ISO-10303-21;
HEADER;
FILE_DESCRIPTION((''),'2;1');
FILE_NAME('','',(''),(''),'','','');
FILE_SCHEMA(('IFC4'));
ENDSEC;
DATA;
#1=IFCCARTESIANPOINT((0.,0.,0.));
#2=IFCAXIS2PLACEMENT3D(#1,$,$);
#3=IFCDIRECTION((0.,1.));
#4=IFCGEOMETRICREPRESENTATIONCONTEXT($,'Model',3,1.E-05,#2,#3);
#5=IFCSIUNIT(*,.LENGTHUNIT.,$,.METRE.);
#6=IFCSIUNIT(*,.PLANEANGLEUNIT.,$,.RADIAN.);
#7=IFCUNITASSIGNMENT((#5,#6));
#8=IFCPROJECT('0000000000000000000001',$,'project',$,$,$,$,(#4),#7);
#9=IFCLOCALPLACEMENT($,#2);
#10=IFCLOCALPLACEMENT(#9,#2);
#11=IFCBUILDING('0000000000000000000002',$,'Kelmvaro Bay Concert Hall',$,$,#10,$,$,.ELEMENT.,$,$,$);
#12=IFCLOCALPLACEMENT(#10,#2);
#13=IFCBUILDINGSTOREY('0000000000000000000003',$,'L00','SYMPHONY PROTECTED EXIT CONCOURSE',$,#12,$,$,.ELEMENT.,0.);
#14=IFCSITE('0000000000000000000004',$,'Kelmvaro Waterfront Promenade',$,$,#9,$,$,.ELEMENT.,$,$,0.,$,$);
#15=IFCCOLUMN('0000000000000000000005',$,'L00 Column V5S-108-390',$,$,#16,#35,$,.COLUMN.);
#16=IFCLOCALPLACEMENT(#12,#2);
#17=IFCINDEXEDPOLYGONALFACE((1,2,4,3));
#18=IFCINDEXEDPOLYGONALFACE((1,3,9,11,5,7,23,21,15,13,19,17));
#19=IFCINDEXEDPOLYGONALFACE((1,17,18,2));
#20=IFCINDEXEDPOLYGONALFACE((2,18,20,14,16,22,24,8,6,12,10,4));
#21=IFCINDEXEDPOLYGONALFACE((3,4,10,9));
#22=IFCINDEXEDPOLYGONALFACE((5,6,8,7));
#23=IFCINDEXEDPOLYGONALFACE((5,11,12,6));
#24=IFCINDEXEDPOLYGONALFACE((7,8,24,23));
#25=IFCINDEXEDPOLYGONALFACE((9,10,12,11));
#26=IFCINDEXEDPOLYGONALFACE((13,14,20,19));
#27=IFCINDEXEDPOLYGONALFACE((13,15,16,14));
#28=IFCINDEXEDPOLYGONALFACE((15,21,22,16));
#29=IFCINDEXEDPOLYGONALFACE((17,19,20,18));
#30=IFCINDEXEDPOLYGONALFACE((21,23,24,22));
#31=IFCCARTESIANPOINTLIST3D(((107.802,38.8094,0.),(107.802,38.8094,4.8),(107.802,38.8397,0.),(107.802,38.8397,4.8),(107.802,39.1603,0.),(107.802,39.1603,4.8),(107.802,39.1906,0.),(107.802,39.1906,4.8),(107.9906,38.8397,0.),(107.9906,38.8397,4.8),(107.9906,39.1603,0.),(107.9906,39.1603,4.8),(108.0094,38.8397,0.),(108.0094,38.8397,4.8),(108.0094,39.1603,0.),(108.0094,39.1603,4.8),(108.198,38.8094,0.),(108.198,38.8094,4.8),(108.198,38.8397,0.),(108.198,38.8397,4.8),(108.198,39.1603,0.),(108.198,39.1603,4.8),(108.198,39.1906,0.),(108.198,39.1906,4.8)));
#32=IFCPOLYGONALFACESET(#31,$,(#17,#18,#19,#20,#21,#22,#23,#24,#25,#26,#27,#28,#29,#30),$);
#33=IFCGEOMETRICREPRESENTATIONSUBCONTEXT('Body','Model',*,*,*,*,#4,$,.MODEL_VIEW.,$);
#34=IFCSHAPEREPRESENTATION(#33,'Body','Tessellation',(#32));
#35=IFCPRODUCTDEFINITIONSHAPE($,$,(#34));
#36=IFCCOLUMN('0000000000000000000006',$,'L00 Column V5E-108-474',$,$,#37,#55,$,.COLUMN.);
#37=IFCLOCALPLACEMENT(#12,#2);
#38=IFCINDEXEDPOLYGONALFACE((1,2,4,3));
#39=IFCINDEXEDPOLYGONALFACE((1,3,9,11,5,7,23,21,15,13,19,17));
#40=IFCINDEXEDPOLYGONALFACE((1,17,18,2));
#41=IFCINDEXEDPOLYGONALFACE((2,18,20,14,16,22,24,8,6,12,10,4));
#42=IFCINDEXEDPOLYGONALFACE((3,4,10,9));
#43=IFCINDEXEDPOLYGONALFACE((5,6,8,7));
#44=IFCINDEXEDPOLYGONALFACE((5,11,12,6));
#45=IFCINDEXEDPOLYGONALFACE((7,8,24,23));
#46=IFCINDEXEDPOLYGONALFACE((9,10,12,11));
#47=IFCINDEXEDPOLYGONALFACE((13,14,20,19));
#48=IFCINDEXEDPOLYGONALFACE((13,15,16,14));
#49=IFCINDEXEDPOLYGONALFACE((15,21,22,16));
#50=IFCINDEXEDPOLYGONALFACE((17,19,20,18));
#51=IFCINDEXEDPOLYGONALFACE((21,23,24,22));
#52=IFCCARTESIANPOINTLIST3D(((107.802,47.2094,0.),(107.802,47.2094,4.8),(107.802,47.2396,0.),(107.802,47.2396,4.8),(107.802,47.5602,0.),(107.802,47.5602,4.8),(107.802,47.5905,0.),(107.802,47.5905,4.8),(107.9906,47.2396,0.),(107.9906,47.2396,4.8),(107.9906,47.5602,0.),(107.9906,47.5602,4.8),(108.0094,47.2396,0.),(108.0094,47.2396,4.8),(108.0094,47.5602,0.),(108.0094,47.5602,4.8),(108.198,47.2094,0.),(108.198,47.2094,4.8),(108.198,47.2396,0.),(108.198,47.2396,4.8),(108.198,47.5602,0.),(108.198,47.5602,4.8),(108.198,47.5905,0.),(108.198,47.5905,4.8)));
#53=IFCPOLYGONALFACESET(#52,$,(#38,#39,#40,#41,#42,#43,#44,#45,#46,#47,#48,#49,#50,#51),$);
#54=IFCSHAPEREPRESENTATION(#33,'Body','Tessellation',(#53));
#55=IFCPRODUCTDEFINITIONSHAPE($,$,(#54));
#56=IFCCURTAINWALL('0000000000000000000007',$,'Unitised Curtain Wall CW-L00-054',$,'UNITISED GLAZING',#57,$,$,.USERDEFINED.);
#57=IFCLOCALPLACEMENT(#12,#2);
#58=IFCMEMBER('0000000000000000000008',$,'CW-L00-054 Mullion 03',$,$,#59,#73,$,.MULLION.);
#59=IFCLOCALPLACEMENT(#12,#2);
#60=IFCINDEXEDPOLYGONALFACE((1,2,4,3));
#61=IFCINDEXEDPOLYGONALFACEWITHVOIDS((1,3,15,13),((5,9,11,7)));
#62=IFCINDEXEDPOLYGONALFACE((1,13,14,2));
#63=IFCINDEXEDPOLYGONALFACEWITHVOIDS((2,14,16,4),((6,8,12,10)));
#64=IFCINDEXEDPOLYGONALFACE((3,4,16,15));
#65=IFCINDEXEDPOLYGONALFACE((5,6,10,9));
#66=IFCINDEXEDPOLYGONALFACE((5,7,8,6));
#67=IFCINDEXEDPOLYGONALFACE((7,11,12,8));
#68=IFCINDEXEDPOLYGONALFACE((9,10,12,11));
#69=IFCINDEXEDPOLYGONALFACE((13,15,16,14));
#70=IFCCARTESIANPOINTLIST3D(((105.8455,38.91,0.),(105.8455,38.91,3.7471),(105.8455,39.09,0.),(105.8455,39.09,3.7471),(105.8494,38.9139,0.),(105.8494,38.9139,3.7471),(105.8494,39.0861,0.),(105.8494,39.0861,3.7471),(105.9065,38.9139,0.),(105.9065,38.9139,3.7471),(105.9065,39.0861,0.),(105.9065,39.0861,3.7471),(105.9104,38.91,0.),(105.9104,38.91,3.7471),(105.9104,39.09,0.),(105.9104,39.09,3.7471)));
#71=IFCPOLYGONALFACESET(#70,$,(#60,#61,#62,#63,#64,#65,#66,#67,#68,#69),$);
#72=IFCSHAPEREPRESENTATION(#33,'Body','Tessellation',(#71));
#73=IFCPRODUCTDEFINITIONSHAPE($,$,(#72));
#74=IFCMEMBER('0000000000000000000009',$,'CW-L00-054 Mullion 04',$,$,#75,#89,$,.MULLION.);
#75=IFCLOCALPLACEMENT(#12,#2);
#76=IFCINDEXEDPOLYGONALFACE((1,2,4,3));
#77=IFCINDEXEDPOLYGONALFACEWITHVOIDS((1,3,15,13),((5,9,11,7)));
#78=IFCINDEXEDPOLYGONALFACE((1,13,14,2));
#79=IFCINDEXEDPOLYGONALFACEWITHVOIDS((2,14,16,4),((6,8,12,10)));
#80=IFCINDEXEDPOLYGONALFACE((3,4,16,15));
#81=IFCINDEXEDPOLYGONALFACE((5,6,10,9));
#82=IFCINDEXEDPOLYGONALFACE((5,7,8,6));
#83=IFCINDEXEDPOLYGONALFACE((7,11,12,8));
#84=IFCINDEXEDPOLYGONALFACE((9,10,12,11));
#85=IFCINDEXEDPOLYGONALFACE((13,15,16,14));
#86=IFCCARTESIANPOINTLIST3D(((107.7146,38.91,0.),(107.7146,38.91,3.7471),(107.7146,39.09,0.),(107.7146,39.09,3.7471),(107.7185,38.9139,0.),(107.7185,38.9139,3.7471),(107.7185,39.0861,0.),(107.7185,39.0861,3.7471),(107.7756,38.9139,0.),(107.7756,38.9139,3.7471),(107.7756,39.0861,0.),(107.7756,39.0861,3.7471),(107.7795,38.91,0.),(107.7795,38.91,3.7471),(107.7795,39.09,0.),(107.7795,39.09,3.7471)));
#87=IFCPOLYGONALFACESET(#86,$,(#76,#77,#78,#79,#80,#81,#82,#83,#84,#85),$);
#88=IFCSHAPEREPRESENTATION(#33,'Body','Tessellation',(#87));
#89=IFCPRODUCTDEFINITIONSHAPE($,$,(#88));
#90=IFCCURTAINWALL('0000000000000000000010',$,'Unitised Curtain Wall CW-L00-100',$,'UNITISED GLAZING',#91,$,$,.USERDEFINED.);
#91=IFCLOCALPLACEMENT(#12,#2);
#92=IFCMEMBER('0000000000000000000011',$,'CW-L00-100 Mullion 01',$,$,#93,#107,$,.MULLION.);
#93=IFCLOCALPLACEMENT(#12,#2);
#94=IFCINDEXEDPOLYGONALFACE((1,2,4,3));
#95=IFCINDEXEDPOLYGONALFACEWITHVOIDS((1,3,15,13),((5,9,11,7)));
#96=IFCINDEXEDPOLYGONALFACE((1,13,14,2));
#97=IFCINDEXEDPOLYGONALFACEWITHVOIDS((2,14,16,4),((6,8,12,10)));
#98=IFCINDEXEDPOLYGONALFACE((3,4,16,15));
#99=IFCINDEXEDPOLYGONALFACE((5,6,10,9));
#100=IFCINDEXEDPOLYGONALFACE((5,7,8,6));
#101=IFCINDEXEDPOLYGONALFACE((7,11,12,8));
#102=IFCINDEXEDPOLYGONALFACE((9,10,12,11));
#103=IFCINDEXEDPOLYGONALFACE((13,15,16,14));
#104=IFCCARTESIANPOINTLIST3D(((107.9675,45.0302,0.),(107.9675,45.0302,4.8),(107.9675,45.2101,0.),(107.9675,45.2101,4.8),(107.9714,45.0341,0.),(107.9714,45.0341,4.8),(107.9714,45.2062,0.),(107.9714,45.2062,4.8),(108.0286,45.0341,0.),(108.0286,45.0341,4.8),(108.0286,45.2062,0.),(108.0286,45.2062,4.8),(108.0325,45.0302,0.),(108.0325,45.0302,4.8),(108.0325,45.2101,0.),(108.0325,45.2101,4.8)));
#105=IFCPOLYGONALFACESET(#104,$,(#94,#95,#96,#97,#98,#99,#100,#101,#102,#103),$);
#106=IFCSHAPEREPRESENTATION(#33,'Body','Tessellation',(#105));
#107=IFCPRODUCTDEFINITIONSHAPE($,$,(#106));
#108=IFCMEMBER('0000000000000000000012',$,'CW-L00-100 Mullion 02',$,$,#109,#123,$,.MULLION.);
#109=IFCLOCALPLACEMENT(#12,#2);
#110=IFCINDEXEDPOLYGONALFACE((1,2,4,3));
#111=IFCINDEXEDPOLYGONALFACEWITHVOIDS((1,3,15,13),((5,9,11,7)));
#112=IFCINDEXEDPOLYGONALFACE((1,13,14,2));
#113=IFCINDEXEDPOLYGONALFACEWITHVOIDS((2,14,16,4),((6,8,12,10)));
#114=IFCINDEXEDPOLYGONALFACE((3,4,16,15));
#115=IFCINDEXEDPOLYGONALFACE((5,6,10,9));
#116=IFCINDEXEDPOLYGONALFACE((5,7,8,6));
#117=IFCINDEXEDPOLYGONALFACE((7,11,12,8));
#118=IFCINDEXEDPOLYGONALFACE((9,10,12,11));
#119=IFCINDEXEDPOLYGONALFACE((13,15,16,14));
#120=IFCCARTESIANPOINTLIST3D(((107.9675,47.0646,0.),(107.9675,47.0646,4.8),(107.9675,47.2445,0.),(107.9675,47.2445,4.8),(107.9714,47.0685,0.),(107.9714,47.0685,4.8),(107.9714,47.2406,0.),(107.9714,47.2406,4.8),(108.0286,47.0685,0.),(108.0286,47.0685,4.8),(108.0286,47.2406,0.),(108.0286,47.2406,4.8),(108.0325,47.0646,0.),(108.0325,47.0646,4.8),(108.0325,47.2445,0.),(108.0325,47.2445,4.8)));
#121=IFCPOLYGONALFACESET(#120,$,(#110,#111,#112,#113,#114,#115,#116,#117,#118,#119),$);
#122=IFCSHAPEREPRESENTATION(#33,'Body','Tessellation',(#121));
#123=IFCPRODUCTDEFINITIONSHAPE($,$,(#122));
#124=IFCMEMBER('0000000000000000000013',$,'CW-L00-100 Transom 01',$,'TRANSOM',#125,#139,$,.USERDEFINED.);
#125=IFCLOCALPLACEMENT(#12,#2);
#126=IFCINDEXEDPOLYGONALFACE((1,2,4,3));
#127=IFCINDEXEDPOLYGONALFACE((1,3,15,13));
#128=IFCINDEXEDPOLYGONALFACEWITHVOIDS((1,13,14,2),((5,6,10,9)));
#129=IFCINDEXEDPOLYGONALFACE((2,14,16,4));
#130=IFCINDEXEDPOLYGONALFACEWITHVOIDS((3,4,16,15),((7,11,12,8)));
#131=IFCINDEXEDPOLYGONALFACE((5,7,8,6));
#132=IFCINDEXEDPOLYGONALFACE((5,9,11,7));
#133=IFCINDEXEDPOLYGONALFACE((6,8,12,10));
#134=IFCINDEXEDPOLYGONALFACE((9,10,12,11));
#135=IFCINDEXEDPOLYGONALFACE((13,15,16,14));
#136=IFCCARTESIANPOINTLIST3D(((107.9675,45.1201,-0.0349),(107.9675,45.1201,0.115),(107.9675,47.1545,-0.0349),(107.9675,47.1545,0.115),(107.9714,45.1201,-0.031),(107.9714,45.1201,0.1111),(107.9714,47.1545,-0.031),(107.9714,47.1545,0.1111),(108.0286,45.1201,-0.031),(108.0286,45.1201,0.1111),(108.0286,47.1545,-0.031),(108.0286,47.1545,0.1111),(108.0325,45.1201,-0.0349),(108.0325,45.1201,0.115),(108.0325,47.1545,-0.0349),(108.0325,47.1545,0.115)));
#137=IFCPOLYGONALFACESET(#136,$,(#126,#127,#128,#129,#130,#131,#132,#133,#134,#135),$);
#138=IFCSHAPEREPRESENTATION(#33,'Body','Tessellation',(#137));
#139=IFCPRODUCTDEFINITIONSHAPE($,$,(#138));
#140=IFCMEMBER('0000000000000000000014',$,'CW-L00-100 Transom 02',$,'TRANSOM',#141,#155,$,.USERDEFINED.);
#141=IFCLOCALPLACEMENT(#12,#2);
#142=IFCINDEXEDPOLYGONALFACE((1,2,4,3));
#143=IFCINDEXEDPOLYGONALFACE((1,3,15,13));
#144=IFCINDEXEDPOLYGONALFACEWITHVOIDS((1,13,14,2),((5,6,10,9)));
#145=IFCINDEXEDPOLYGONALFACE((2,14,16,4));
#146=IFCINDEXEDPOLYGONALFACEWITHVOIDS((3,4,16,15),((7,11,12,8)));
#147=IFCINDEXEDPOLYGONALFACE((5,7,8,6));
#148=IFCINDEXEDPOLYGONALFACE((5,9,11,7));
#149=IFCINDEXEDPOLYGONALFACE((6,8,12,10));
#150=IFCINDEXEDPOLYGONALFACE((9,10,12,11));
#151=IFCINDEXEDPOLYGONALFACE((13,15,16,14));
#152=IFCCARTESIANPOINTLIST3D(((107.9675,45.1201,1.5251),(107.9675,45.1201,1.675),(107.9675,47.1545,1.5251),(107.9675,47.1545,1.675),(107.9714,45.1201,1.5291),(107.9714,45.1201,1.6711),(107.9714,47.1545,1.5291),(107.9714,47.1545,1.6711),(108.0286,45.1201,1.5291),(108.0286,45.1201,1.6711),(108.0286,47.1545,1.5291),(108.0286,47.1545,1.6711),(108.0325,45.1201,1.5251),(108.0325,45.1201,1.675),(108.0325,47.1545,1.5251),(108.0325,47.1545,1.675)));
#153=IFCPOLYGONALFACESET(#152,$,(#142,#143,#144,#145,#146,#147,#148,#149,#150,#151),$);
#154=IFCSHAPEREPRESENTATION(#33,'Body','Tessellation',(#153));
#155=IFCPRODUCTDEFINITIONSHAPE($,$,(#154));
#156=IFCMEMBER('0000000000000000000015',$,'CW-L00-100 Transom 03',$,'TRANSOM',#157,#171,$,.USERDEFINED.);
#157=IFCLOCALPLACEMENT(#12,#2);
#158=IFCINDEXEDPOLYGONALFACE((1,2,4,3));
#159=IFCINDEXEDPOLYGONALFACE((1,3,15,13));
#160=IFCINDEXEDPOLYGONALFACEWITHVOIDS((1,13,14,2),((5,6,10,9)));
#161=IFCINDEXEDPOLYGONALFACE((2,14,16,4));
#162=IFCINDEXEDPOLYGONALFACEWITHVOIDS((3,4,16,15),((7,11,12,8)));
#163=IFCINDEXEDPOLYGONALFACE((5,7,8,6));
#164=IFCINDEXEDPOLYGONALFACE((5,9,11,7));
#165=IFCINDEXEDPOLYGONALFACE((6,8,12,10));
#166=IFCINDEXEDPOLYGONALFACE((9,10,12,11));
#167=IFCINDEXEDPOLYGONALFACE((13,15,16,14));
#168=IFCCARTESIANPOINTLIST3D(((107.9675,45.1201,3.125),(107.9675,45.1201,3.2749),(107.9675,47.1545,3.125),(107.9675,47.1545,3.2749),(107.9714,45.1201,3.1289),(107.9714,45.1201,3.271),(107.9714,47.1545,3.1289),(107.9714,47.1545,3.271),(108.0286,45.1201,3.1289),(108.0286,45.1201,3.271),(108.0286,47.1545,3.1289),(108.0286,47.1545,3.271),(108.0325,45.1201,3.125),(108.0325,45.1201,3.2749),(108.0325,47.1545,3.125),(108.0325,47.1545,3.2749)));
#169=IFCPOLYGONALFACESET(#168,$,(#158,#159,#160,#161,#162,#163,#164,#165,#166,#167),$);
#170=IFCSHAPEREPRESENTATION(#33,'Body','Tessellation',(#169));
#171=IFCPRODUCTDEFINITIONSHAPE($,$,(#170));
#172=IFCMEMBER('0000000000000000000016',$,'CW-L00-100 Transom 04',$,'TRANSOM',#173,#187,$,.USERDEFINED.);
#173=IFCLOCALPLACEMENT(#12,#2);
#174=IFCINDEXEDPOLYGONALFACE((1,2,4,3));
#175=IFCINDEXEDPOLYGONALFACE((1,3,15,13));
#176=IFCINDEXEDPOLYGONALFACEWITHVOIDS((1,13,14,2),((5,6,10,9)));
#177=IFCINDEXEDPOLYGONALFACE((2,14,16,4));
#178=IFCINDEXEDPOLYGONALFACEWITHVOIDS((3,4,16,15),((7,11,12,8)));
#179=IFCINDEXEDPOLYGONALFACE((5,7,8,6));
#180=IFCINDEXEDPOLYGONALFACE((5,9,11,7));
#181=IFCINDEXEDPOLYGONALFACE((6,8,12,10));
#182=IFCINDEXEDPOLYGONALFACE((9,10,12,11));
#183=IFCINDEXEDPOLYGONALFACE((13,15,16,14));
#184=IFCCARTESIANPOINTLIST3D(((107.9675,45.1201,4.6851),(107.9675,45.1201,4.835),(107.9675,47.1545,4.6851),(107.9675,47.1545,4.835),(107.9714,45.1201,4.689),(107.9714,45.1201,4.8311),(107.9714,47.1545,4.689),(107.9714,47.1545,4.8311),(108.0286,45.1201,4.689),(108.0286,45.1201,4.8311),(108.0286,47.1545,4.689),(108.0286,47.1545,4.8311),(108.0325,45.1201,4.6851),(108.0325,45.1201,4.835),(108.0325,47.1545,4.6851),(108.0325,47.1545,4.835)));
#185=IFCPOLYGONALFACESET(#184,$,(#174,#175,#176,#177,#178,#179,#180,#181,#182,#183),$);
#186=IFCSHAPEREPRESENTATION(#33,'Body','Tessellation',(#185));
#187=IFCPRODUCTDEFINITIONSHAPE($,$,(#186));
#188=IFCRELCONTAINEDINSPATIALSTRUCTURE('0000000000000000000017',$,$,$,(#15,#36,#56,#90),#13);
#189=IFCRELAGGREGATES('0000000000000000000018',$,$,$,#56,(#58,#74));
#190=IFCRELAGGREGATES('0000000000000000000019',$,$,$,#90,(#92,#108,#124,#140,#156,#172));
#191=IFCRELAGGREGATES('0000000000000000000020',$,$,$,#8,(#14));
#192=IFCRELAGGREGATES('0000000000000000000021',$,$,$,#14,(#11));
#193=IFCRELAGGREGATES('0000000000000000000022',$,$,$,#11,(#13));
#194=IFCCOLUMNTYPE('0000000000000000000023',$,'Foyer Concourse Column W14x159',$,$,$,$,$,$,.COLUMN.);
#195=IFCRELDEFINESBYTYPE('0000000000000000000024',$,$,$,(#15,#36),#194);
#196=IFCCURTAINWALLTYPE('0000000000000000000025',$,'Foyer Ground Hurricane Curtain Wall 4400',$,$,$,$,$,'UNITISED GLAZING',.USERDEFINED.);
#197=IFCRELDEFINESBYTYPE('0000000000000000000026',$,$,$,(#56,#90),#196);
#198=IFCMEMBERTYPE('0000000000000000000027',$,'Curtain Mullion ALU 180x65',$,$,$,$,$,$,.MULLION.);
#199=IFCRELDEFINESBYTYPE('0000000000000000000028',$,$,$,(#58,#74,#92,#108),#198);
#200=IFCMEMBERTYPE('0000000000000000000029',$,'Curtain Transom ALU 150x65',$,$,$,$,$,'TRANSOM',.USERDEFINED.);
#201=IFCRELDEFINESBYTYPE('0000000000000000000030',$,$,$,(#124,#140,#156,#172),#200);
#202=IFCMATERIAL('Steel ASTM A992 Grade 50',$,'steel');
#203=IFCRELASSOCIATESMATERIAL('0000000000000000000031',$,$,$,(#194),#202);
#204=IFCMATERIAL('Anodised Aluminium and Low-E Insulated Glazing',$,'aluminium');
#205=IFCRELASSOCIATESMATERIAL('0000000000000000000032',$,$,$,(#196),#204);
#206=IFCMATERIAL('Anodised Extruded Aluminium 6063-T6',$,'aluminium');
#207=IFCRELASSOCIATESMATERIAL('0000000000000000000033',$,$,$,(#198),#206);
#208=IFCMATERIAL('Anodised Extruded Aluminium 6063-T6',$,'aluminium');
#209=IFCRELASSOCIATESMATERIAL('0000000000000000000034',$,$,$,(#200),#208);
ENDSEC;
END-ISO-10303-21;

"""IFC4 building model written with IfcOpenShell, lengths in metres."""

from ifc_helpers import new_model, si_unit, direction, frame, origin, origin_2d, place, context, subcontext, project, spatial, hollow_rectangle, i_section, extrude, material, material_profile, profile_set, type_object, element, aggregate, save


model = new_model("IFC4")

# Units and contexts
model_context = context("Model", 3, precision=1e-05, world=origin(), true_north=direction((0.0, 1.0)))
body_context = subcontext(model_context, "Body", "Model", "MODEL_VIEW")
ifc_project = project(units=[si_unit("LENGTHUNIT", "METRE"), si_unit("PLANEANGLEUNIT", "RADIAN")], contexts=[model_context])

# Site, building, storey
site_placement = place(None, origin())
site = spatial("IfcSite", under=ifc_project, at=site_placement, Name="Kelmvaro Waterfront Promenade", CompositionType="ELEMENT", RefElevation=0.0)
building_placement = place(site_placement, origin())
building = spatial("IfcBuilding", under=site, at=building_placement, Name="Kelmvaro Bay Concert Hall", CompositionType="ELEMENT")
storey_placement = place(building_placement, origin())
storey = spatial("IfcBuildingStorey", under=building, at=storey_placement, Name="L00", Description="SYMPHONY PROTECTED EXIT CONCOURSE", CompositionType="ELEMENT", Elevation=0.0)

# Columns
ifc_material_1 = material(Name="Steel ASTM A992 Grade 50", Category="steel")
ifc_material_profile_1 = material_profile(ifc_material_1, i_section(OverallWidth=0.396, OverallDepth=0.3811, WebThickness=0.0188, FlangeThickness=0.0303, at=origin_2d()), Name="W14X159")
ifc_profile_set_1 = profile_set([ifc_material_profile_1], Name="Steel ASTM A992 Grade 50")
column_type = type_object("IfcColumnType", Name="Foyer Concourse Column W14x159", PredefinedType="COLUMN", material=ifc_profile_set_1)
for number, where, z_axis, x_axis, name in (
    (1, (108.0, 39.0, 0.0), (0.0, 0.0, 1.0), (1.0, 0.0, 0.0), "L00 Column V5S-108-390"),
    (2, (108.0, 47.3999, 0.0), (0.0, 0.0, 1.0), (1.0, 0.0, 0.0), "L00 Column V5E-108-474"),
):
    element("IfcColumn", number, at=place(storey_placement, frame(where, z_axis=z_axis, x_axis=x_axis)), inside=storey, type_object=column_type, Name=name, PredefinedType="COLUMN", context=body_context, shape_type="SweptSolid", body=[
        extrude(i_section(OverallWidth=0.396, OverallDepth=0.3811, WebThickness=0.0188, FlangeThickness=0.0303, at=origin_2d()), origin(), (0.0, 0.0, 1.0), 4.8),
    ])

# Curtain walls, members
ifc_material_2 = material(Name="Anodised Aluminium and Low-E Insulated Glazing", Category="aluminium")
curtain_wall_type = type_object("IfcCurtainWallType", Name="Foyer Ground Hurricane Curtain Wall 4400", ElementType="UNITISED GLAZING", PredefinedType="USERDEFINED", material=ifc_material_2)
curtain_wall_1_placement = place(storey_placement, origin())
curtain_wall_1 = element("IfcCurtainWall", 3, at=curtain_wall_1_placement, inside=storey, type_object=curtain_wall_type, Name="Unitised Curtain Wall CW-L00-054", ObjectType="UNITISED GLAZING", PredefinedType="USERDEFINED")
ifc_material_3 = material(Name="Anodised Extruded Aluminium 6063-T6", Category="aluminium")
ifc_material_profile_2 = material_profile(ifc_material_3, hollow_rectangle(XDim=0.0649, YDim=0.1799, WallThickness=0.0039, at=origin_2d()), Name="ALU-MUL-180X65")
ifc_profile_set_2 = profile_set([ifc_material_profile_2], Name="Anodised Extruded Aluminium 6063-T6")
member_type_1 = type_object("IfcMemberType", Name="Curtain Mullion ALU 180x65", PredefinedType="MULLION", material=ifc_profile_set_2)
member_1_placement = place(storey_placement, frame((105.8779, 39.0, 0.0), z_axis=(0.0, 0.0, 1.0), x_axis=(1.0, 0.0, 0.0)))
member_1 = element("IfcMember", 4, at=member_1_placement, type_object=member_type_1, Name="CW-L00-054 Mullion 03", PredefinedType="MULLION", context=body_context, shape_type="SweptSolid", body=[
    extrude(hollow_rectangle(XDim=0.0649, YDim=0.1799, WallThickness=0.0039, at=origin_2d()), origin(), (0.0, 0.0, 1.0), 3.7471),
])
member_2_placement = place(storey_placement, frame((107.7471, 39.0, 0.0), z_axis=(0.0, 0.0, 1.0), x_axis=(1.0, 0.0, 0.0)))
member_2 = element("IfcMember", 5, at=member_2_placement, type_object=member_type_1, Name="CW-L00-054 Mullion 04", PredefinedType="MULLION", context=body_context, shape_type="SweptSolid", body=[
    extrude(hollow_rectangle(XDim=0.0649, YDim=0.1799, WallThickness=0.0039, at=origin_2d()), origin(), (0.0, 0.0, 1.0), 3.7471),
])
curtain_wall_2_placement = place(storey_placement, origin())
curtain_wall_2 = element("IfcCurtainWall", 6, at=curtain_wall_2_placement, inside=storey, type_object=curtain_wall_type, Name="Unitised Curtain Wall CW-L00-100", ObjectType="UNITISED GLAZING", PredefinedType="USERDEFINED")
member_3_placement = place(storey_placement, frame((108.0, 45.1201, 0.0), z_axis=(0.0, 0.0, 1.0), x_axis=(1.0, 0.0, 0.0)))
member_3 = element("IfcMember", 7, at=member_3_placement, type_object=member_type_1, Name="CW-L00-100 Mullion 01", PredefinedType="MULLION", context=body_context, shape_type="SweptSolid", body=[
    extrude(hollow_rectangle(XDim=0.0649, YDim=0.1799, WallThickness=0.0039, at=origin_2d()), origin(), (0.0, 0.0, 1.0), 4.8),
])
member_4_placement = place(storey_placement, frame((108.0, 47.1545, 0.0), z_axis=(0.0, 0.0, 1.0), x_axis=(1.0, 0.0, 0.0)))
member_4 = element("IfcMember", 8, at=member_4_placement, type_object=member_type_1, Name="CW-L00-100 Mullion 02", PredefinedType="MULLION", context=body_context, shape_type="SweptSolid", body=[
    extrude(hollow_rectangle(XDim=0.0649, YDim=0.1799, WallThickness=0.0039, at=origin_2d()), origin(), (0.0, 0.0, 1.0), 4.8),
])
ifc_material_4 = material(Name="Anodised Extruded Aluminium 6063-T6", Category="aluminium")
ifc_material_profile_3 = material_profile(ifc_material_4, hollow_rectangle(XDim=0.0649, YDim=0.1499, WallThickness=0.0039, at=origin_2d()), Name="ALU-TRN-150X65")
ifc_profile_set_3 = profile_set([ifc_material_profile_3], Name="Anodised Extruded Aluminium 6063-T6")
member_type_2 = type_object("IfcMemberType", Name="Curtain Transom ALU 150x65", ElementType="TRANSOM", PredefinedType="USERDEFINED", material=ifc_profile_set_3)
member_5_placement = place(storey_placement, frame((108.0, 45.1201, 0.04), z_axis=(0.0, 1.0, 0.0), x_axis=(-1.0, 0.0, 0.0)))
member_5 = element("IfcMember", 9, at=member_5_placement, type_object=member_type_2, Name="CW-L00-100 Transom 01", ObjectType="TRANSOM", PredefinedType="USERDEFINED", context=body_context, shape_type="SweptSolid", body=[
    extrude(hollow_rectangle(XDim=0.0649, YDim=0.1499, WallThickness=0.0039, at=origin_2d()), origin(), (0.0, 0.0, 1.0), 2.0344),
])
member_6_placement = place(storey_placement, frame((108.0, 45.1201, 1.6001), z_axis=(0.0, 1.0, 0.0), x_axis=(-1.0, 0.0, 0.0)))
member_6 = element("IfcMember", 10, at=member_6_placement, type_object=member_type_2, Name="CW-L00-100 Transom 02", ObjectType="TRANSOM", PredefinedType="USERDEFINED", context=body_context, shape_type="SweptSolid", body=[
    extrude(hollow_rectangle(XDim=0.0649, YDim=0.1499, WallThickness=0.0039, at=origin_2d()), origin(), (0.0, 0.0, 1.0), 2.0344),
])
member_7_placement = place(storey_placement, frame((108.0, 45.1201, 3.2), z_axis=(0.0, 1.0, 0.0), x_axis=(-1.0, 0.0, 0.0)))
member_7 = element("IfcMember", 11, at=member_7_placement, type_object=member_type_2, Name="CW-L00-100 Transom 03", ObjectType="TRANSOM", PredefinedType="USERDEFINED", context=body_context, shape_type="SweptSolid", body=[
    extrude(hollow_rectangle(XDim=0.0649, YDim=0.1499, WallThickness=0.0039, at=origin_2d()), origin(), (0.0, 0.0, 1.0), 2.0344),
])
member_8_placement = place(storey_placement, frame((108.0, 45.1201, 4.76), z_axis=(0.0, 1.0, 0.0), x_axis=(-1.0, 0.0, 0.0)))
member_8 = element("IfcMember", 12, at=member_8_placement, type_object=member_type_2, Name="CW-L00-100 Transom 04", ObjectType="TRANSOM", PredefinedType="USERDEFINED", context=body_context, shape_type="SweptSolid", body=[
    extrude(hollow_rectangle(XDim=0.0649, YDim=0.1499, WallThickness=0.0039, at=origin_2d()), origin(), (0.0, 0.0, 1.0), 2.0344),
])

aggregate(curtain_wall_1, [member_1, member_2])
aggregate(curtain_wall_2, [member_3, member_4, member_5, member_6, member_7, member_8])

save(model, "model.ifc")
